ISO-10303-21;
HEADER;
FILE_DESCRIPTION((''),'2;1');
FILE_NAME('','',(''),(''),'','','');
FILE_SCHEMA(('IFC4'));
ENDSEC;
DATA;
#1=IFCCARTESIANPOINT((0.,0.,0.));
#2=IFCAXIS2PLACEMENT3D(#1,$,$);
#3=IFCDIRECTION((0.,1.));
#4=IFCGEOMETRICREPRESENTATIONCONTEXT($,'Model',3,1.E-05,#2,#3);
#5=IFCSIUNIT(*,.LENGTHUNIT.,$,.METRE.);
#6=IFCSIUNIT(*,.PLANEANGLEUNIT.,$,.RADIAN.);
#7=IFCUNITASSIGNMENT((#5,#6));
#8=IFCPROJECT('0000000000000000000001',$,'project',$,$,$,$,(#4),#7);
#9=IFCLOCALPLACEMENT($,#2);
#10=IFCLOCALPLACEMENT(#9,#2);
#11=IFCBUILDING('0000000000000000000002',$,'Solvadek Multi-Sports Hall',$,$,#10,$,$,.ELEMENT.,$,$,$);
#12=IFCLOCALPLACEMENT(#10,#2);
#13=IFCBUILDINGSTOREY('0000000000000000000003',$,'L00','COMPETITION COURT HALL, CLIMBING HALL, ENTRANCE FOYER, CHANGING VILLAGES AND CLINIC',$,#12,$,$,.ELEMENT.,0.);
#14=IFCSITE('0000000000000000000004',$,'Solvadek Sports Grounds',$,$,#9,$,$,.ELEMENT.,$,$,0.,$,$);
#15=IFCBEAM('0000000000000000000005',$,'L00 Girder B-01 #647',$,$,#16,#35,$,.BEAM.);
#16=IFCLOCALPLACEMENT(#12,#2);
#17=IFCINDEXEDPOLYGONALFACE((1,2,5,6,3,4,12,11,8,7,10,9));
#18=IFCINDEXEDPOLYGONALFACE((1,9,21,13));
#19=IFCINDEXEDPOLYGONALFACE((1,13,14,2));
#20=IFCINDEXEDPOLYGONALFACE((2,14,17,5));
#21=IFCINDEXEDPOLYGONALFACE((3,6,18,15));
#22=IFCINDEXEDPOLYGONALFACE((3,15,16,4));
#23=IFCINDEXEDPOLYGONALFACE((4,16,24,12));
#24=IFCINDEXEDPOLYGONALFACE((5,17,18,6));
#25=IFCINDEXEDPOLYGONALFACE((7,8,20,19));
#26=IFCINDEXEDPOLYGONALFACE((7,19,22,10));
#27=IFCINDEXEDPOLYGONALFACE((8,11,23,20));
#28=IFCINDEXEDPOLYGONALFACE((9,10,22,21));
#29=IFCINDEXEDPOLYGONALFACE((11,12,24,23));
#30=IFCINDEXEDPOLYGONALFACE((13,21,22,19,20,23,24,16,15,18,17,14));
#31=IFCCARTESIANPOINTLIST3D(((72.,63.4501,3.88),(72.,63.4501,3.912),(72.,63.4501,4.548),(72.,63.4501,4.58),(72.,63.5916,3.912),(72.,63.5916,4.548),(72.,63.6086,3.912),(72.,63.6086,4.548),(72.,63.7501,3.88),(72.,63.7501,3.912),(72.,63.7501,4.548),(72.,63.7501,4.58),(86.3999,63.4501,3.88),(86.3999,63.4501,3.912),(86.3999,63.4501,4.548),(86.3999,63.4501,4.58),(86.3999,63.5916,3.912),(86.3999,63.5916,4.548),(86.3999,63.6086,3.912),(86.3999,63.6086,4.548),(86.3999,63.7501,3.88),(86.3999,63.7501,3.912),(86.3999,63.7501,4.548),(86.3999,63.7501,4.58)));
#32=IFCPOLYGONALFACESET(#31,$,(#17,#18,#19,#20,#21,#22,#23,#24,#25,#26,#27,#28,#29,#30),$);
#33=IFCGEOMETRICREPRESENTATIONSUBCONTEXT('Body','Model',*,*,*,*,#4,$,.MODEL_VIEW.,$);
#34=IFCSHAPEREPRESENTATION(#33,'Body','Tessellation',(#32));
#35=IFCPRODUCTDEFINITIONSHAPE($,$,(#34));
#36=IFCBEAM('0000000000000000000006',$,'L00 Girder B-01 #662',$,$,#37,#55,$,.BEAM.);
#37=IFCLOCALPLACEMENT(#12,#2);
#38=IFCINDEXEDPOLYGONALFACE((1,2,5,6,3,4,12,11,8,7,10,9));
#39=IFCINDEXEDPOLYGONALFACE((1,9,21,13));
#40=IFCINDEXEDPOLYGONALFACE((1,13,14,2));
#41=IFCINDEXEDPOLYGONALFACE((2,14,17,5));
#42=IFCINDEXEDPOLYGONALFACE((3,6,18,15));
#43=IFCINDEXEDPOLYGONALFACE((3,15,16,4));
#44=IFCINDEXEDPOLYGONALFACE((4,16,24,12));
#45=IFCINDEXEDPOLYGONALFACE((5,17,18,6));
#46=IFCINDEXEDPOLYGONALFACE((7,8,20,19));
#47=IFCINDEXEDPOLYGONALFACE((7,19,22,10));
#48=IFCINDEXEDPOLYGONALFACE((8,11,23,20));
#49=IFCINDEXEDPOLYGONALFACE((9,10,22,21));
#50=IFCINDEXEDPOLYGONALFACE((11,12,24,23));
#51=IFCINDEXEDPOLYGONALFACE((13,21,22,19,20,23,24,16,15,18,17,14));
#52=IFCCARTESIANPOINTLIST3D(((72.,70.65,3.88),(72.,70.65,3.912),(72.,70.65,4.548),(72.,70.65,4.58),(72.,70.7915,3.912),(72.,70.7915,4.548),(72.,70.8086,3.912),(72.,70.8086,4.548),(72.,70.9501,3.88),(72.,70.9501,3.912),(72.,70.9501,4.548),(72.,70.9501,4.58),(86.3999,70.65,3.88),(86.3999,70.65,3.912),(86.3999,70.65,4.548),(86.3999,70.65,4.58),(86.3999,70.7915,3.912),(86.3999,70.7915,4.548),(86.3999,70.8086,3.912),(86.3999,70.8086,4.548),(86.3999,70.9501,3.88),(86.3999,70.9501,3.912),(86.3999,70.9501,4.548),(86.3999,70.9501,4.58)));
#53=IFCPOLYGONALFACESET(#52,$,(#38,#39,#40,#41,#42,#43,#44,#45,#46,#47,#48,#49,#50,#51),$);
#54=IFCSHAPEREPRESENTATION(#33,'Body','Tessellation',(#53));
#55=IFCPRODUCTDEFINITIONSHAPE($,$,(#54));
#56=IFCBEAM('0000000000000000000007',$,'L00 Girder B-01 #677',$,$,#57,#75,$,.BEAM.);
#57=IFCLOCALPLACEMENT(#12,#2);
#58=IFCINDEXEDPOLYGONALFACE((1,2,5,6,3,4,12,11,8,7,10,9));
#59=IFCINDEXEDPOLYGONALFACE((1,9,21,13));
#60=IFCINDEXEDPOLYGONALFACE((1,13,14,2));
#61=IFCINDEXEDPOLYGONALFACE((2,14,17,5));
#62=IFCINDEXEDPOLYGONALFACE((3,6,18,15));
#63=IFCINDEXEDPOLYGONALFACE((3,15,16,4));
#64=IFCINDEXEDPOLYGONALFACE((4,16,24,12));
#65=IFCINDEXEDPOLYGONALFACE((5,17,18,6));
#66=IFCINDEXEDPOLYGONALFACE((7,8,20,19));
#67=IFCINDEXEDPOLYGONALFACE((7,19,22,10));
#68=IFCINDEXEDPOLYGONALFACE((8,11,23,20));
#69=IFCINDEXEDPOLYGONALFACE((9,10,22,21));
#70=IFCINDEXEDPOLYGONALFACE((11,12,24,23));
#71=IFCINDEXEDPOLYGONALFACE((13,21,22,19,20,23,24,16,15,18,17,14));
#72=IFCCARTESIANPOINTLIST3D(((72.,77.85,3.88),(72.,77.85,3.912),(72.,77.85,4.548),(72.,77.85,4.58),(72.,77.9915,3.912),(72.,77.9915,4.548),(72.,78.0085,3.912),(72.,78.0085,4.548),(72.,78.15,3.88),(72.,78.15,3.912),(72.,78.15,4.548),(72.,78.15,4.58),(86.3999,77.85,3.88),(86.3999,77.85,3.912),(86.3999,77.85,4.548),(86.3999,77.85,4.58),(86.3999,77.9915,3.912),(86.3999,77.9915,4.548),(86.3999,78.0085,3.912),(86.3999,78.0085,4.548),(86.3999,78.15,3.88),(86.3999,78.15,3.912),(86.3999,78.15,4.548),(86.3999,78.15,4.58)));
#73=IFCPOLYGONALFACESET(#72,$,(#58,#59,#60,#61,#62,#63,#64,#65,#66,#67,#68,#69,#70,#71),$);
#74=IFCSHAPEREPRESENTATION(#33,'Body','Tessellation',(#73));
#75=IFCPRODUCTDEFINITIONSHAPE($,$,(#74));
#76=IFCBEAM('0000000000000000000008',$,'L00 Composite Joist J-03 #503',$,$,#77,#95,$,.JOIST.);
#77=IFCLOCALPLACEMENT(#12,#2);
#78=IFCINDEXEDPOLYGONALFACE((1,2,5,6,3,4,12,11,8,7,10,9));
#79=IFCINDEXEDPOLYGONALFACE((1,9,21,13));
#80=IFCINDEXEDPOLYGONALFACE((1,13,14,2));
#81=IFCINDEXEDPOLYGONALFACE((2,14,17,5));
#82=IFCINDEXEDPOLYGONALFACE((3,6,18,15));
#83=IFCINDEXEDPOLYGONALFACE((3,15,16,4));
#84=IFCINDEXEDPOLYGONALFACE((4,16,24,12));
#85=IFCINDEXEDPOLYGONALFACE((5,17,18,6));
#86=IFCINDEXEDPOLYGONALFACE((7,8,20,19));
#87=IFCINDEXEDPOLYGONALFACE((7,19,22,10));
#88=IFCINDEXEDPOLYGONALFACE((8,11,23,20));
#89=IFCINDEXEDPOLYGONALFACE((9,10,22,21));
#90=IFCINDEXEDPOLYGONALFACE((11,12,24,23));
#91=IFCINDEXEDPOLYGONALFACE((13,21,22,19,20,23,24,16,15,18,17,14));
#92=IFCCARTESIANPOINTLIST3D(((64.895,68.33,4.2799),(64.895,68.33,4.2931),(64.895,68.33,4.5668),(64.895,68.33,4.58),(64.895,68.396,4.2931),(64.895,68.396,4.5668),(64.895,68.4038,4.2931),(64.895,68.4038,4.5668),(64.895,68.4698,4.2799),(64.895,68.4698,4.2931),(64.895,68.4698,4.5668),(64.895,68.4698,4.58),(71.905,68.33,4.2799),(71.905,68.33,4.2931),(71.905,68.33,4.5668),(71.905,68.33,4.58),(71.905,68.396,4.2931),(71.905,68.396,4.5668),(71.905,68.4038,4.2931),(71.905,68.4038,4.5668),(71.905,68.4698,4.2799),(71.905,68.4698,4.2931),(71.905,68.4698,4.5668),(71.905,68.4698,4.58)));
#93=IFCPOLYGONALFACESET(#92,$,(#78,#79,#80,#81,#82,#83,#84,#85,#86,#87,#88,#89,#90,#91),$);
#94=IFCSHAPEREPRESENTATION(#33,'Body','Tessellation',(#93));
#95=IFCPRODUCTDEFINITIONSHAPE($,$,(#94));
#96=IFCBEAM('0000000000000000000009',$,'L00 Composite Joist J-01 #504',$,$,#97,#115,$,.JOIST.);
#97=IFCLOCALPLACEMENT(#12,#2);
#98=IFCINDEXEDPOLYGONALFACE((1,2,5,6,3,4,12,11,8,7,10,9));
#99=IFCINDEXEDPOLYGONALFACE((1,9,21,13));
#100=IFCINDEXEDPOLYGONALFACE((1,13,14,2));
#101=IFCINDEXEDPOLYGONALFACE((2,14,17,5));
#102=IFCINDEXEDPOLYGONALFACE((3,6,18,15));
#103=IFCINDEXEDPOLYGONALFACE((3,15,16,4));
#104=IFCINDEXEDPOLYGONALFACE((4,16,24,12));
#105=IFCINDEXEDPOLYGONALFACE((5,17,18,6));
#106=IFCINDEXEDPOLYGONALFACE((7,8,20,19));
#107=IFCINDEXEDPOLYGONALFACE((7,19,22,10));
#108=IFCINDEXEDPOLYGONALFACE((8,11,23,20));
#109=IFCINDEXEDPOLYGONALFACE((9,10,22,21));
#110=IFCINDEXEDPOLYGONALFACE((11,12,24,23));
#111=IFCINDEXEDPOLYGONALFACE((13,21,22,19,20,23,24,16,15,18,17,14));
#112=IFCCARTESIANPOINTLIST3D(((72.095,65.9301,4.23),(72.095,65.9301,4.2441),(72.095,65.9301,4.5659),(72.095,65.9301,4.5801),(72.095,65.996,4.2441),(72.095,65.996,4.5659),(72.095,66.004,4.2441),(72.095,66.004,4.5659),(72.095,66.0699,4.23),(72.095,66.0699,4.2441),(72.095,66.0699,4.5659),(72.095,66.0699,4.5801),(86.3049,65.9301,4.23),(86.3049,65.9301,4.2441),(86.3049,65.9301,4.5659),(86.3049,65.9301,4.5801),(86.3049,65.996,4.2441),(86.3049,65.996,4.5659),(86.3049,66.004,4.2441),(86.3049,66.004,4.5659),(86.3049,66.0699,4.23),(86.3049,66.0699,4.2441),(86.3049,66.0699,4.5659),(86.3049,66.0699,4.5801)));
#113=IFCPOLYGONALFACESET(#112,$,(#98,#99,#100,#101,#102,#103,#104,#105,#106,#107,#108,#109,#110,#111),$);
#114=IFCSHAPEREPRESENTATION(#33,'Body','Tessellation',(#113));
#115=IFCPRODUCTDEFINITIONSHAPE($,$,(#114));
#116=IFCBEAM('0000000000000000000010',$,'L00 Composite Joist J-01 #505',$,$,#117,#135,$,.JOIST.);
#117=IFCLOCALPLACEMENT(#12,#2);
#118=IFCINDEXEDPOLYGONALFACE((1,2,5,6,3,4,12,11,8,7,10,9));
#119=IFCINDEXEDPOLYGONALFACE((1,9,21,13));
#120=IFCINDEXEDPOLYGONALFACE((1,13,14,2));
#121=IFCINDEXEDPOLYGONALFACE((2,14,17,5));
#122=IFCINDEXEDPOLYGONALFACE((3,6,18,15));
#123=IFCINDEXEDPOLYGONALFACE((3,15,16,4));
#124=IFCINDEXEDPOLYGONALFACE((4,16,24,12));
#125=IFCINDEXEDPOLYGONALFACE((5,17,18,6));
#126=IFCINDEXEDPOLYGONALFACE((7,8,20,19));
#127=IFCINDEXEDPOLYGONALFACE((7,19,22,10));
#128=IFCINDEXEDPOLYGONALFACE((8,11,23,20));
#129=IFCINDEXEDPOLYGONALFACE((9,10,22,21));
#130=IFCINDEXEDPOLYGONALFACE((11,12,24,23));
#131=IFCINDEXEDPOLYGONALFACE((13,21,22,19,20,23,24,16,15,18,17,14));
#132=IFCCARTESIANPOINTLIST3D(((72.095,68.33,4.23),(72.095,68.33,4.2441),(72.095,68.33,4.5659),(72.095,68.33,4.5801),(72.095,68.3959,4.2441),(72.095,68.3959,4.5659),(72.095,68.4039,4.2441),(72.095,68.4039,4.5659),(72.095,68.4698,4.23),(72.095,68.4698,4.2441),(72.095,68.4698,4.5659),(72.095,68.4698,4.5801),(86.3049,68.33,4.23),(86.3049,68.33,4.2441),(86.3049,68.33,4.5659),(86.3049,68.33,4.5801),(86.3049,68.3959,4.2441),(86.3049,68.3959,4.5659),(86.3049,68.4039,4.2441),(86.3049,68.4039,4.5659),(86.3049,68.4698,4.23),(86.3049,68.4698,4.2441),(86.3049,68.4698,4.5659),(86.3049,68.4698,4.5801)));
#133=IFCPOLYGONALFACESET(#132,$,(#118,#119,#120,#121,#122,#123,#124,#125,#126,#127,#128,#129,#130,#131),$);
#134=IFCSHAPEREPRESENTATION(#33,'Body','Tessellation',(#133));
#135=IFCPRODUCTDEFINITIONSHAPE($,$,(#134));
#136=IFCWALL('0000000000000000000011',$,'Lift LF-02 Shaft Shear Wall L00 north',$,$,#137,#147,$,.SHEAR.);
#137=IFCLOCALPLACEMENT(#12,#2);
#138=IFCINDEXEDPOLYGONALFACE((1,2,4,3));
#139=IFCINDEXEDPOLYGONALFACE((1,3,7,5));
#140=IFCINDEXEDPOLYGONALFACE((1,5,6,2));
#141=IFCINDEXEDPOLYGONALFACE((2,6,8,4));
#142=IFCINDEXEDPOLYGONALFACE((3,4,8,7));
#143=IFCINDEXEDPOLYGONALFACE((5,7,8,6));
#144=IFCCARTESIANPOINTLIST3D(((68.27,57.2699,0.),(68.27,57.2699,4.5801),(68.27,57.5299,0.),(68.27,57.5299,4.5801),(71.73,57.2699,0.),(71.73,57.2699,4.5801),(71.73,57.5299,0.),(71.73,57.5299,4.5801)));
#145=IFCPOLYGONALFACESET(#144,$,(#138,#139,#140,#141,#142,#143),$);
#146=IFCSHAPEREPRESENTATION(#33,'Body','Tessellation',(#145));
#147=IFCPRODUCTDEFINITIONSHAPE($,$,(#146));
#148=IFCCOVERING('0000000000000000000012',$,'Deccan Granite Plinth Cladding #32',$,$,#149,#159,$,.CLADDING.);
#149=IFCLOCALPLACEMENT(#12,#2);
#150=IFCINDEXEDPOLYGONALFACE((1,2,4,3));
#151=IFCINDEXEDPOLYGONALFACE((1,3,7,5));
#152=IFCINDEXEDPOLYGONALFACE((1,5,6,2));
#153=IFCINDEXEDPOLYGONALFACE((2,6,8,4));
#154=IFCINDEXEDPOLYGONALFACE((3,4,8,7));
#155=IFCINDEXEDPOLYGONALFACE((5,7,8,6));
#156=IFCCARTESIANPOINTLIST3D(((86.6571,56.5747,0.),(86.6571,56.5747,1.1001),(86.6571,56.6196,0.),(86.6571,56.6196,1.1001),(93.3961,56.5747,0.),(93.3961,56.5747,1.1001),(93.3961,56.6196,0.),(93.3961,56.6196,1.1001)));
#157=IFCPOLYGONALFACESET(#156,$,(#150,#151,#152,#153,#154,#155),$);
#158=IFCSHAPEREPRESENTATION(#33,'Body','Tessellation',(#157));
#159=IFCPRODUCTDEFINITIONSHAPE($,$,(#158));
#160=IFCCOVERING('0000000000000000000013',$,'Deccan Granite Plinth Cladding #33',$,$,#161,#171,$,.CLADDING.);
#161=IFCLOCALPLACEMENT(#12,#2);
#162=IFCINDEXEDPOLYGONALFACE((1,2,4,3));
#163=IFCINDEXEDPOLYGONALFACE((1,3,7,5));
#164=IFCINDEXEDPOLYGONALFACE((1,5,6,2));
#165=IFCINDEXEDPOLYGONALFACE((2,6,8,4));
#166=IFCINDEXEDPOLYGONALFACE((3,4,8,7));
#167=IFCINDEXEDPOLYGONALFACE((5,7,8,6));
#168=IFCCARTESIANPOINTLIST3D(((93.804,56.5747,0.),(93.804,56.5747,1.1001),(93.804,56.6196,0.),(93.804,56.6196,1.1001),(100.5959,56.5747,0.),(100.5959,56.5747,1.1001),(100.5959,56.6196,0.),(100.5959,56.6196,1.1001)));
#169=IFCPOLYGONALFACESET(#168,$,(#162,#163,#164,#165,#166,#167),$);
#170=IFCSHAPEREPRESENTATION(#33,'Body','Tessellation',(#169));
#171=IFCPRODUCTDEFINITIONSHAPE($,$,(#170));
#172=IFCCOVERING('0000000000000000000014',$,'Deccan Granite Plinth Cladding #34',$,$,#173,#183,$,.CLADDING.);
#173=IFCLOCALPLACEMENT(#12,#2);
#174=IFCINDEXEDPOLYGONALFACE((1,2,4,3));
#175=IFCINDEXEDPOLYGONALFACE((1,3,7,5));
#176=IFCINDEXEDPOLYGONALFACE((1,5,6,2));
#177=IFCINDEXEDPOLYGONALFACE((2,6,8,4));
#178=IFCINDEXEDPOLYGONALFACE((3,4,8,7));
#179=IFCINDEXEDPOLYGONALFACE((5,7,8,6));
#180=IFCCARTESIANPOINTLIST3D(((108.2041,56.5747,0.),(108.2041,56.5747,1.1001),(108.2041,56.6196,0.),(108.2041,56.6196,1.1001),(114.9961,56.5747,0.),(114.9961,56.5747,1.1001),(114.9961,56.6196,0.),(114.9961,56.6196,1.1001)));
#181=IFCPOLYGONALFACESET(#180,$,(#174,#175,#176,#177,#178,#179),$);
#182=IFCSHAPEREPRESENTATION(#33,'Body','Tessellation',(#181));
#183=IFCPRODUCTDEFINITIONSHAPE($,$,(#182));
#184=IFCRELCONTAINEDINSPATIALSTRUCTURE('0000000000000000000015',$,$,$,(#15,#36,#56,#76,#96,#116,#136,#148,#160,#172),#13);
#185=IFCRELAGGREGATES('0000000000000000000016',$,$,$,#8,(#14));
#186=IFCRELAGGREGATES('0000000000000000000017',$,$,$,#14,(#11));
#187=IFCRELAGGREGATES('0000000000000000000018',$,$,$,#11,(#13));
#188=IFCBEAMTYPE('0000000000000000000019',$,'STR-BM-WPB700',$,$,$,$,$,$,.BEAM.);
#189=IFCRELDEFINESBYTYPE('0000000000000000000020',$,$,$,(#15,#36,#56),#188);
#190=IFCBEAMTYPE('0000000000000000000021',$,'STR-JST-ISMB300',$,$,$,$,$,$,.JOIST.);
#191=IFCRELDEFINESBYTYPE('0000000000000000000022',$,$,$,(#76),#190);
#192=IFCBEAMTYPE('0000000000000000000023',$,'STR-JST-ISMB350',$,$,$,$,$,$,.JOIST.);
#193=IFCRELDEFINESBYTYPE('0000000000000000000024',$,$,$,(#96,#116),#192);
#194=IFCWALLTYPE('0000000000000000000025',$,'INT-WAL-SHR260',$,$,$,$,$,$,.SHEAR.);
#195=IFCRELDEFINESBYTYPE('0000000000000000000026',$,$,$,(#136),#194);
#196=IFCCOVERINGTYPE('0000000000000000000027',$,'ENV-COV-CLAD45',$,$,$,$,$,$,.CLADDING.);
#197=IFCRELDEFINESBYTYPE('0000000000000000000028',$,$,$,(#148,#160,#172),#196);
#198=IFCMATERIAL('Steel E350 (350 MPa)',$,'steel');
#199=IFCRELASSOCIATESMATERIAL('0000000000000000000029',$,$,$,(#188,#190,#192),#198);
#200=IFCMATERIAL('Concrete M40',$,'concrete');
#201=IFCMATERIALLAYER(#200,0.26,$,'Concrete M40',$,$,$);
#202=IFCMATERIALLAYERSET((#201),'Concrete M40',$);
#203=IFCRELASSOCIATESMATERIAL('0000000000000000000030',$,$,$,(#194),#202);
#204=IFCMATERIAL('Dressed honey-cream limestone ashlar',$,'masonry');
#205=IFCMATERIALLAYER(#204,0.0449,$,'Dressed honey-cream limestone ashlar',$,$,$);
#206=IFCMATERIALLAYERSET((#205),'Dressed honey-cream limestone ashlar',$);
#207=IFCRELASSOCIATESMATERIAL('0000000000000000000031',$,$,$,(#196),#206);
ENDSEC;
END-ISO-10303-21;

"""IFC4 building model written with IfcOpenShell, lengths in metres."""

from ifc_helpers import new_model, si_unit, direction, frame, frame_2d, origin, origin_2d, place, context, subcontext, project, spatial, rectangle, i_section, extrude, material, layer, layer_set, material_profile, profile_set, type_object, element, save


model = new_model("IFC4")

# Units and contexts
model_context = context("Model", 3, precision=1e-05, world=origin(), true_north=direction((0.0, 1.0)))
body_context = subcontext(model_context, "Body", "Model", "MODEL_VIEW")
ifc_project = project(units=[si_unit("LENGTHUNIT", "METRE"), si_unit("PLANEANGLEUNIT", "RADIAN")], contexts=[model_context])

# Site, building, storey
site_placement = place(None, origin())
site = spatial("IfcSite", under=ifc_project, at=site_placement, Name="Solvadek Sports Grounds", CompositionType="ELEMENT", RefElevation=0.0)
building_placement = place(site_placement, origin())
building = spatial("IfcBuilding", under=site, at=building_placement, Name="Solvadek Multi-Sports Hall", CompositionType="ELEMENT")
storey_placement = place(building_placement, origin())
storey = spatial("IfcBuildingStorey", under=building, at=storey_placement, Name="L00", Description="COMPETITION COURT HALL, CLIMBING HALL, ENTRANCE FOYER, CHANGING VILLAGES AND CLINIC", CompositionType="ELEMENT", Elevation=0.0)

# Shared definitions
ifc_material_1 = material(Name="Steel E350 (350 MPa)", Category="steel")

# Beams
ifc_material_profile_1 = material_profile(ifc_material_1, i_section(OverallWidth=0.3, OverallDepth=0.7, WebThickness=0.0171, FlangeThickness=0.032, at=origin_2d()), Name="WPB 700")
ifc_profile_set_1 = profile_set([ifc_material_profile_1], Name="Steel E350 (350 MPa)")
beam_type_1 = type_object("IfcBeamType", Name="STR-BM-WPB700", PredefinedType="BEAM", material=ifc_profile_set_1)
for number, where, z_axis, x_axis, name in (
    (1, (72.0, 63.6001, 4.23), (1.0, 0.0, 0.0), (0.0, 1.0, 0.0), "L00 Girder B-01 #647"),
    (2, (72.0, 70.8, 4.23), (1.0, 0.0, 0.0), (0.0, 1.0, 0.0), "L00 Girder B-01 #662"),
    (3, (72.0, 78.0, 4.23), (1.0, 0.0, 0.0), (0.0, 1.0, 0.0), "L00 Girder B-01 #677"),
):
    element("IfcBeam", number, at=place(storey_placement, frame(where, z_axis=z_axis, x_axis=x_axis)), inside=storey, type_object=beam_type_1, Name=name, PredefinedType="BEAM", context=body_context, shape_type="SweptSolid", body=[
        extrude(i_section(OverallWidth=0.3, OverallDepth=0.7, WebThickness=0.0171, FlangeThickness=0.032, at=origin_2d()), origin(), (0.0, 0.0, 1.0), 14.3999),
    ])
ifc_material_profile_2 = material_profile(ifc_material_1, i_section(OverallWidth=0.1399, OverallDepth=0.3, WebThickness=0.0078, FlangeThickness=0.0132, at=origin_2d()), Name="ISMB 300")
ifc_profile_set_2 = profile_set([ifc_material_profile_2], Name="Steel E350 (350 MPa)")
beam_type_2 = type_object("IfcBeamType", Name="STR-JST-ISMB300", PredefinedType="JOIST", material=ifc_profile_set_2)
beam_placement = place(storey_placement, frame((64.895, 68.3999, 4.4299), z_axis=(1.0, 0.0, 0.0), x_axis=(0.0, 1.0, 0.0)))
element("IfcBeam", 4, at=beam_placement, inside=storey, type_object=beam_type_2, Name="L00 Composite Joist J-03 #503", PredefinedType="JOIST", context=body_context, shape_type="SweptSolid", body=[
    extrude(i_section(OverallWidth=0.1399, OverallDepth=0.3, WebThickness=0.0078, FlangeThickness=0.0132, at=origin_2d()), origin(), (0.0, 0.0, 1.0), 7.01),
])
ifc_material_profile_3 = material_profile(ifc_material_1, i_section(OverallWidth=0.1399, OverallDepth=0.3501, WebThickness=0.0081, FlangeThickness=0.0142, at=origin_2d()), Name="ISMB 350")
ifc_profile_set_3 = profile_set([ifc_material_profile_3], Name="Steel E350 (350 MPa)")
beam_type_3 = type_object("IfcBeamType", Name="STR-JST-ISMB350", PredefinedType="JOIST", material=ifc_profile_set_3)
for number, where, z_axis, x_axis, name in (
    (5, (72.095, 66.0, 4.405), (1.0, 0.0, 0.0), (0.0, 1.0, 0.0), "L00 Composite Joist J-01 #504"),
    (6, (72.095, 68.3999, 4.405), (1.0, 0.0, 0.0), (0.0, 1.0, 0.0), "L00 Composite Joist J-01 #505"),
):
    element("IfcBeam", number, at=place(storey_placement, frame(where, z_axis=z_axis, x_axis=x_axis)), inside=storey, type_object=beam_type_3, Name=name, PredefinedType="JOIST", context=body_context, shape_type="SweptSolid", body=[
        extrude(i_section(OverallWidth=0.1399, OverallDepth=0.3501, WebThickness=0.0081, FlangeThickness=0.0142, at=origin_2d()), origin(), (0.0, 0.0, 1.0), 14.21),
    ])

# Wall
ifc_material_2 = material(Name="Concrete M40", Category="concrete")
ifc_layer_1 = layer(ifc_material_2, 0.26, Name="Concrete M40")
ifc_layer_set_1 = layer_set([ifc_layer_1], Name="Concrete M40")
wall_type = type_object("IfcWallType", Name="INT-WAL-SHR260", PredefinedType="SHEAR", material=ifc_layer_set_1)
wall_placement = place(storey_placement, frame((68.27, 57.3999, 0.0), z_axis=(0.0, 0.0, 1.0), x_axis=(1.0, 0.0, 0.0)))
element("IfcWall", 7, at=wall_placement, inside=storey, type_object=wall_type, Name="Lift LF-02 Shaft Shear Wall L00 north", PredefinedType="SHEAR", context=body_context, shape_type="SweptSolid", body=[
    extrude(rectangle(XDim=3.46, YDim=0.26, at=frame_2d((1.73, 0.0))), origin(), (0.0, 0.0, 1.0), 4.5801),
])

# Coverings
ifc_material_3 = material(Name="Dressed honey-cream limestone ashlar", Category="masonry")
ifc_layer_2 = layer(ifc_material_3, 0.0449, Name="Dressed honey-cream limestone ashlar")
ifc_layer_set_2 = layer_set([ifc_layer_2], Name="Dressed honey-cream limestone ashlar")
covering_type = type_object("IfcCoveringType", Name="ENV-COV-CLAD45", PredefinedType="CLADDING", material=ifc_layer_set_2)
covering_placement = place(storey_placement, frame((90.0266, 56.5972, 0.0), z_axis=(0.0, 0.0, 1.0), x_axis=(1.0, 0.0, 0.0)))
element("IfcCovering", 8, at=covering_placement, inside=storey, type_object=covering_type, Name="Deccan Granite Plinth Cladding #32", PredefinedType="CLADDING", context=body_context, shape_type="SweptSolid", body=[
    extrude(rectangle(XDim=6.739, YDim=0.0449, at=origin_2d()), origin(), (0.0, 0.0, 1.0), 1.1001),
])
for number, where, z_axis, x_axis, name in (
    (9, (97.2, 56.5972, 0.0), (0.0, 0.0, 1.0), (1.0, 0.0, 0.0), "Deccan Granite Plinth Cladding #33"),
    (10, (111.6001, 56.5972, 0.0), (0.0, 0.0, 1.0), (1.0, 0.0, 0.0), "Deccan Granite Plinth Cladding #34"),
):
    element("IfcCovering", number, at=place(storey_placement, frame(where, z_axis=z_axis, x_axis=x_axis)), inside=storey, type_object=covering_type, Name=name, PredefinedType="CLADDING", context=body_context, shape_type="SweptSolid", body=[
        extrude(rectangle(XDim=6.792, YDim=0.0449, at=origin_2d()), origin(), (0.0, 0.0, 1.0), 1.1001),
    ])

save(model, "model.ifc")
